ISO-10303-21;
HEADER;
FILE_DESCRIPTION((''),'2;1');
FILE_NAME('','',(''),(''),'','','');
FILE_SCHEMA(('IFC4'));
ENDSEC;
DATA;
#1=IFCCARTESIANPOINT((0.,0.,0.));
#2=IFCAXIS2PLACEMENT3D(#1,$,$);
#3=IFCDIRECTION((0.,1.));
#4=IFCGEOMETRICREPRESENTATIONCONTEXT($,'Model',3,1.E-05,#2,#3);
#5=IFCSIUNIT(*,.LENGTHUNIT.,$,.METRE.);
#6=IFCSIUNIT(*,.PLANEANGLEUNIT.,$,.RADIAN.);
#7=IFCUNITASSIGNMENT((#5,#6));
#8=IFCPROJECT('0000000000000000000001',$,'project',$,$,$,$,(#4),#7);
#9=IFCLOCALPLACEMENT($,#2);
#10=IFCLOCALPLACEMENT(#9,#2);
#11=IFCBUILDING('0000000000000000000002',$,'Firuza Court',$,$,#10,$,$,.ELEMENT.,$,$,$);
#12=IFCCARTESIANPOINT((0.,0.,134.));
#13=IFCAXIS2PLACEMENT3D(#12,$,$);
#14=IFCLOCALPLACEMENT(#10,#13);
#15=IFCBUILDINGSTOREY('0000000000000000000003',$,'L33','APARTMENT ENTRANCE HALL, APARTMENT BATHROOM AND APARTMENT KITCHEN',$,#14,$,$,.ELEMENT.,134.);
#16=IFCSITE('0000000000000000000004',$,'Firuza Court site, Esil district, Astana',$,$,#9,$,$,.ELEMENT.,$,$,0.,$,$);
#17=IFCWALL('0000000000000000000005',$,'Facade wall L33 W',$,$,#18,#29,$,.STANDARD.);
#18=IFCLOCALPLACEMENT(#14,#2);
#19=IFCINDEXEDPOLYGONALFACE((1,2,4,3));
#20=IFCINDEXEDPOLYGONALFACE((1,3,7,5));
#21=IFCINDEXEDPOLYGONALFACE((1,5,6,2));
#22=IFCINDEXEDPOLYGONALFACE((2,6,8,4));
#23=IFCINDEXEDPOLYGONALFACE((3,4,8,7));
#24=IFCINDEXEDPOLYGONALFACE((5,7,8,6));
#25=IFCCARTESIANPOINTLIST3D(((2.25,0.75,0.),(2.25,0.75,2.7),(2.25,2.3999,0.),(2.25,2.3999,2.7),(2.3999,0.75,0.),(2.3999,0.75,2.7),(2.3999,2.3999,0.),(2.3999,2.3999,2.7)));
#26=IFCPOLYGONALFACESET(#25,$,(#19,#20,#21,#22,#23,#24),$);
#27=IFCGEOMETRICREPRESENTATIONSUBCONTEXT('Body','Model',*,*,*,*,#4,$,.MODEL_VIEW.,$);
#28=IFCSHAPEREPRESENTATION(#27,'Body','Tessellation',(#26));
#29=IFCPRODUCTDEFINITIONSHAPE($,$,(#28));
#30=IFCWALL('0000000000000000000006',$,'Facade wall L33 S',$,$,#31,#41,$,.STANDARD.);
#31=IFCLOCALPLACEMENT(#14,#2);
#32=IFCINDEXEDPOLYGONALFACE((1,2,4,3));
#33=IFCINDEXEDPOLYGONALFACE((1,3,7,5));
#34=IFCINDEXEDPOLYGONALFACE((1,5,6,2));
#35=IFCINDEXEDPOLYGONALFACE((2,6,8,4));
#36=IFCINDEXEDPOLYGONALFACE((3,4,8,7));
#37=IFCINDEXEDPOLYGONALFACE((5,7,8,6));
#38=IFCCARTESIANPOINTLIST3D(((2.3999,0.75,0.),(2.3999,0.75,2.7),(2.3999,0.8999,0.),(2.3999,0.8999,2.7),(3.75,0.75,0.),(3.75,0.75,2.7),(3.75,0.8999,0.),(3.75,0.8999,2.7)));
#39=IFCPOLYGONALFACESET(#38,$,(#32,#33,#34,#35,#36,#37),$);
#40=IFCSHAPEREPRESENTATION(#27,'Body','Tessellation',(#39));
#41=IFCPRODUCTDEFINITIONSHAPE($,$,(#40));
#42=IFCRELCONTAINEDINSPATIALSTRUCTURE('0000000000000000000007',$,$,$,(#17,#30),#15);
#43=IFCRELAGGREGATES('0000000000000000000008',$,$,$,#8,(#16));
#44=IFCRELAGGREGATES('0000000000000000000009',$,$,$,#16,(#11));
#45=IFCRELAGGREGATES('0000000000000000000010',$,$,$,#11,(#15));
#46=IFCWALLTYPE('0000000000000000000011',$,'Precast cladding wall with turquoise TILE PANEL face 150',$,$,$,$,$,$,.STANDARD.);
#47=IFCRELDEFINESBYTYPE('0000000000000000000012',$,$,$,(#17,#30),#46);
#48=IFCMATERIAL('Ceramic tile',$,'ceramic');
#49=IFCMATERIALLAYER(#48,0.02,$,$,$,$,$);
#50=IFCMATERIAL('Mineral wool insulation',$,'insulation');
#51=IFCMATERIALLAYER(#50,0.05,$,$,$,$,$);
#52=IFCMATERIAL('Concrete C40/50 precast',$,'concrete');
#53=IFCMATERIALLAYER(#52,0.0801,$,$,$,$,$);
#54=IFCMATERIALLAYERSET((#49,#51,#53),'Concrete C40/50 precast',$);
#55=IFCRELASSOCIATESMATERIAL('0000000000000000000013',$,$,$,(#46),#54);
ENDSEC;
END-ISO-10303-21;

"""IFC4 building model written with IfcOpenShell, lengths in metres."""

from ifc_helpers import new_model, si_unit, direction, frame, frame_2d, origin, place, context, subcontext, project, spatial, rectangle, extrude, material, layer, layer_set, type_object, element, save


model = new_model("IFC4")

# Units and contexts
model_context = context("Model", 3, precision=1e-05, world=origin(), true_north=direction((0.0, 1.0)))
body_context = subcontext(model_context, "Body", "Model", "MODEL_VIEW")
ifc_project = project(units=[si_unit("LENGTHUNIT", "METRE"), si_unit("PLANEANGLEUNIT", "RADIAN")], contexts=[model_context])

# Site, building, storey
site_placement = place(None, origin())
site = spatial("IfcSite", under=ifc_project, at=site_placement, Name="Firuza Court site, Esil district, Astana", CompositionType="ELEMENT", RefElevation=0.0)
building_placement = place(site_placement, origin())
building = spatial("IfcBuilding", under=site, at=building_placement, Name="Firuza Court", CompositionType="ELEMENT")
storey_placement = place(building_placement, frame((0.0, 0.0, 134.0)))
storey = spatial("IfcBuildingStorey", under=building, at=storey_placement, Name="L33", Description="APARTMENT ENTRANCE HALL, APARTMENT BATHROOM AND APARTMENT KITCHEN", CompositionType="ELEMENT", Elevation=134.0)

# Shared definitions
ifc_material_1 = material(Name="Concrete C40/50 precast", Category="concrete")

# Walls
ifc_material_2 = material(Name="Ceramic tile", Category="ceramic")
ifc_layer_1 = layer(ifc_material_2, 0.02)
ifc_material_3 = material(Name="Mineral wool insulation", Category="insulation")
ifc_layer_2 = layer(ifc_material_3, 0.05)
ifc_layer_3 = layer(ifc_material_1, 0.0801)
ifc_layer_set_1 = layer_set([ifc_layer_1, ifc_layer_2, ifc_layer_3], Name="Concrete C40/50 precast")
wall_type_1 = type_object("IfcWallType", Name="Precast cladding wall with turquoise TILE PANEL face 150", PredefinedType="STANDARD", material=ifc_layer_set_1)
wall_1_placement = place(storey_placement, frame((2.325, 2.3999, 0.0), z_axis=(0.0, 0.0, 1.0), x_axis=(0.0, -1.0, 0.0)))
element("IfcWall", 1, at=wall_1_placement, inside=storey, type_object=wall_type_1, Name="Facade wall L33 W", PredefinedType="STANDARD", context=body_context, shape_type="SweptSolid", body=[
    extrude(rectangle(XDim=1.6499, YDim=0.1499, at=frame_2d((0.825, 0.0))), origin(), (0.0, 0.0, 1.0), 2.7),
])
wall_2_placement = place(storey_placement, frame((2.3999, 0.825, 0.0), z_axis=(0.0, 0.0, 1.0), x_axis=(1.0, 0.0, 0.0)))
element("IfcWall", 2, at=wall_2_placement, inside=storey, type_object=wall_type_1, Name="Facade wall L33 S", PredefinedType="STANDARD", context=body_context, shape_type="SweptSolid", body=[
    extrude(rectangle(XDim=1.3501, YDim=0.1499, at=frame_2d((0.675, 0.0))), origin(), (0.0, 0.0, 1.0), 2.7),
])

save(model, "model.ifc")
